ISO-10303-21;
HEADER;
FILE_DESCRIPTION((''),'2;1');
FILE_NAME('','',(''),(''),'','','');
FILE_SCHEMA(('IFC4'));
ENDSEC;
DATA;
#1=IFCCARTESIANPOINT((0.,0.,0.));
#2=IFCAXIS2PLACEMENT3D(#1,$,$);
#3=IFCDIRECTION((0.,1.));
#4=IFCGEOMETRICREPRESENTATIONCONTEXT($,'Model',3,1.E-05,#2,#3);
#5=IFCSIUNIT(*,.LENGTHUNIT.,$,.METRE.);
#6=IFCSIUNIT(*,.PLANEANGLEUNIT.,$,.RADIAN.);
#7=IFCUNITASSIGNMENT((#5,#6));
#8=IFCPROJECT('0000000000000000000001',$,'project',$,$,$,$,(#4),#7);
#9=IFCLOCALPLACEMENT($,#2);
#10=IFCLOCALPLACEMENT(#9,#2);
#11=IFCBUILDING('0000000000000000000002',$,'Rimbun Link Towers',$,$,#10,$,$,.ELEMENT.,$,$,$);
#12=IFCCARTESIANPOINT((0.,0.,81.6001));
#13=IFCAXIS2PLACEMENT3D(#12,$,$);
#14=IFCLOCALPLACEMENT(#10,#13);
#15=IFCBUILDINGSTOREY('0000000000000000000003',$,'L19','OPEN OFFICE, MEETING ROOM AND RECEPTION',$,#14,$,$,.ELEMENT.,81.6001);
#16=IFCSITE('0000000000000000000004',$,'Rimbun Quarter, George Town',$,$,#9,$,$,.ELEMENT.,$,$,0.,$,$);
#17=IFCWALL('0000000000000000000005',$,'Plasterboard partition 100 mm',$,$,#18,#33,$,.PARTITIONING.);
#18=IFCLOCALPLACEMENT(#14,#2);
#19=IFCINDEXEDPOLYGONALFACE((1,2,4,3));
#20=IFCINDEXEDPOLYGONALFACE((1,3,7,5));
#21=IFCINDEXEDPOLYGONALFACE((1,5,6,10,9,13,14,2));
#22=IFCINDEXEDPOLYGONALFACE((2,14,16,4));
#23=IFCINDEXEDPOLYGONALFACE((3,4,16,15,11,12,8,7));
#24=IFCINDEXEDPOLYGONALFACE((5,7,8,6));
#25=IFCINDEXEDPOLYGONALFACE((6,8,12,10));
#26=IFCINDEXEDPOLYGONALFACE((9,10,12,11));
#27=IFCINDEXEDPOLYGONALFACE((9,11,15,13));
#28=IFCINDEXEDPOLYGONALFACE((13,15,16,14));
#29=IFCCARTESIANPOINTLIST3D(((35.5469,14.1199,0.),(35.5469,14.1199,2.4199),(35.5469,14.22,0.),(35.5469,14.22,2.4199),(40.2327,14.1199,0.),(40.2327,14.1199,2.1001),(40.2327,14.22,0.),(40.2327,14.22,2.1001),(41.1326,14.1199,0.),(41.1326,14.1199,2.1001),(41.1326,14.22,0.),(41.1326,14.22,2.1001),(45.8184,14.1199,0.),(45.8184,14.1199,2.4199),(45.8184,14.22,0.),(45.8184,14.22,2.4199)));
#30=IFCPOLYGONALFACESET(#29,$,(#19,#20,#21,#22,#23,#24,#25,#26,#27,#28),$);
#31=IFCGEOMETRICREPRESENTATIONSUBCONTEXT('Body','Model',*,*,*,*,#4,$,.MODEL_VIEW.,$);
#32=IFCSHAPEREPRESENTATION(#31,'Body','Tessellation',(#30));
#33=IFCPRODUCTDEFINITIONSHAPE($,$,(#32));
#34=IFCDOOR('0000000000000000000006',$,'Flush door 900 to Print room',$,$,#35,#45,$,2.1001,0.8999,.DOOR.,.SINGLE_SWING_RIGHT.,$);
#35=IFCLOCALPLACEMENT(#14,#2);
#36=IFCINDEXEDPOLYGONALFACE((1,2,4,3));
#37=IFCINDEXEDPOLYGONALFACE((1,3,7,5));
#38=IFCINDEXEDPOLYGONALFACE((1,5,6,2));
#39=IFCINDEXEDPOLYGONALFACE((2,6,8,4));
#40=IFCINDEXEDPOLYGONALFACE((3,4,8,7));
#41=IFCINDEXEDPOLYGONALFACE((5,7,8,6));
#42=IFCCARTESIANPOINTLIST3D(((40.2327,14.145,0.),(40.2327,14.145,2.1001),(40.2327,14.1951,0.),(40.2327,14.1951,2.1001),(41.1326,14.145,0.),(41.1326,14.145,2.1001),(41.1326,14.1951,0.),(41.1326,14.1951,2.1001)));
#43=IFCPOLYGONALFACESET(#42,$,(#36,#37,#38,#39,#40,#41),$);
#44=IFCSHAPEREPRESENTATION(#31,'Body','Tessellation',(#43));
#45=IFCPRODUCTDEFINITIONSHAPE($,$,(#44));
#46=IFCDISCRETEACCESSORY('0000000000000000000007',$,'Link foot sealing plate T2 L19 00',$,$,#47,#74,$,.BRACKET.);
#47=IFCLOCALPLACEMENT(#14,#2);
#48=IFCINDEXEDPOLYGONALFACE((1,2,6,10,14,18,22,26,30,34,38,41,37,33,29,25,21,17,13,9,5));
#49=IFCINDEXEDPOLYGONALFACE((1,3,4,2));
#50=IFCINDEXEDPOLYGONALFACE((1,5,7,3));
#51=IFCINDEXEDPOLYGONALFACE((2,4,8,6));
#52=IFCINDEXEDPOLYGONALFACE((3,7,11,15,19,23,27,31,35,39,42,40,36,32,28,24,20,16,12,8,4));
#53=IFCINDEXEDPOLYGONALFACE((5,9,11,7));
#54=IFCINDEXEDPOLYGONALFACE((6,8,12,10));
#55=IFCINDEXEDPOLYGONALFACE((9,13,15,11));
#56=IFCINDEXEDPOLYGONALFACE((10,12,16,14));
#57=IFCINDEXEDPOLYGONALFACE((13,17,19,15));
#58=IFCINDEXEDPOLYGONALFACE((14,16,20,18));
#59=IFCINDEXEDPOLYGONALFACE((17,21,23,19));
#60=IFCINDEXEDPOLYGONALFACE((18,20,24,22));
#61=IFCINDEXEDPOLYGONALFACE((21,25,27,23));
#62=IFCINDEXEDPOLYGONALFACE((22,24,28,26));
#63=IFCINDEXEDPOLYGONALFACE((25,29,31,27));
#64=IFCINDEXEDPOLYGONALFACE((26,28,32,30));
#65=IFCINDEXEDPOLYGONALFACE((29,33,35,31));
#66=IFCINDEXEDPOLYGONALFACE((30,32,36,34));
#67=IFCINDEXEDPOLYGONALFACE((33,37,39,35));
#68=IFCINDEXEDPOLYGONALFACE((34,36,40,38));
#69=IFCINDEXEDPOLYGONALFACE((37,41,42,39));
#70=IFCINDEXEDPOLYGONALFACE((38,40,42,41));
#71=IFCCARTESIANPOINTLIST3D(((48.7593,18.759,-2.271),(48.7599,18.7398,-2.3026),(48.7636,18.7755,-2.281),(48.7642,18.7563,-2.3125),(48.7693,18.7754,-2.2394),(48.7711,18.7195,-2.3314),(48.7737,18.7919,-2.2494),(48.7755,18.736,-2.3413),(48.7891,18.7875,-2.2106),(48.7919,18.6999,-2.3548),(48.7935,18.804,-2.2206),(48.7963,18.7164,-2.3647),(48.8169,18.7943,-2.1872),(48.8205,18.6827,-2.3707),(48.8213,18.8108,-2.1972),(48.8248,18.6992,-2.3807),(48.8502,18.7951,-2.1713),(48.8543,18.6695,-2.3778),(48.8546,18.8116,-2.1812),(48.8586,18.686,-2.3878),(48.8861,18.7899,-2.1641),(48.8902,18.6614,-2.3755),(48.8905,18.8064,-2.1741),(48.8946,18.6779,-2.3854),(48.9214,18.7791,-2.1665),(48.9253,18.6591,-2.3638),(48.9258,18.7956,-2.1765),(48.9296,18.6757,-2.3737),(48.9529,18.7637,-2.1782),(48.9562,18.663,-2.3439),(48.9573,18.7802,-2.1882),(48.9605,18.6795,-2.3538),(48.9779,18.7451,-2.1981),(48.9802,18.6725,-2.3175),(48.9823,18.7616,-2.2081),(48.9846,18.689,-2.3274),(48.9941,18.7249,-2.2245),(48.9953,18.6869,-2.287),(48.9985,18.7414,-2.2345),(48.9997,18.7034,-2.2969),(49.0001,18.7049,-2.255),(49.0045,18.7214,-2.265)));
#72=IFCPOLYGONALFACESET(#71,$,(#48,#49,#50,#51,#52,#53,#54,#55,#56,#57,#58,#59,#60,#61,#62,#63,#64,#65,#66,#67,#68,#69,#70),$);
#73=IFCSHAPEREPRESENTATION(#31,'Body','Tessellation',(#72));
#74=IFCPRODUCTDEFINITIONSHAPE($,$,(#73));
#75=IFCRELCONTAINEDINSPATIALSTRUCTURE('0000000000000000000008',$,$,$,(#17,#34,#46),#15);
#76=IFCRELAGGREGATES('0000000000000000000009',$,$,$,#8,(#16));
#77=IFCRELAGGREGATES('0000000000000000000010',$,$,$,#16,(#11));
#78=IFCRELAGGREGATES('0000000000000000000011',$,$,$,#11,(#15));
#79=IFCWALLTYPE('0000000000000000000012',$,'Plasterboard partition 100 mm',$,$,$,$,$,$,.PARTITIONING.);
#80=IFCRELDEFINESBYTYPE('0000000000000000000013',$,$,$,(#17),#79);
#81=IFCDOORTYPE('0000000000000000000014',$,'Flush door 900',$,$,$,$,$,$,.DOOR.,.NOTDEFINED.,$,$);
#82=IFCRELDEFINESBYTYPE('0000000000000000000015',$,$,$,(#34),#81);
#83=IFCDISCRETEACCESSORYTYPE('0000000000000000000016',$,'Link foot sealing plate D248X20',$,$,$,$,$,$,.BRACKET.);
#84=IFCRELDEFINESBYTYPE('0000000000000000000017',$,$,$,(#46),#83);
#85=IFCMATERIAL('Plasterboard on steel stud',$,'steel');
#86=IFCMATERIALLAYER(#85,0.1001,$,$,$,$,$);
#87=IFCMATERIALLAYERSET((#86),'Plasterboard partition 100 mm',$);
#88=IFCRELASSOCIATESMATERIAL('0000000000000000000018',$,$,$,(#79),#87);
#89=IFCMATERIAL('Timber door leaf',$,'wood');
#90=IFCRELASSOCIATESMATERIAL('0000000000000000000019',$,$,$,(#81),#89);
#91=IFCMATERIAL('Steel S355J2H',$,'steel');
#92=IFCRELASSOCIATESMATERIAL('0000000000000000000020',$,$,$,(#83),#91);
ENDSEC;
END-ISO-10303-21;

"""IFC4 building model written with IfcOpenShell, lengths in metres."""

from ifc_helpers import new_model, si_unit, direction, frame, frame_2d, origin, origin_2d, place, context, subcontext, project, spatial, rectangle, circle, extrude, material, layer, layer_set, material_profile, profile_set, type_object, element, fill, save


model = new_model("IFC4")

# Units and contexts
model_context = context("Model", 3, precision=1e-05, world=origin(), true_north=direction((0.0, 1.0)))
body_context = subcontext(model_context, "Body", "Model", "MODEL_VIEW")
ifc_project = project(units=[si_unit("LENGTHUNIT", "METRE"), si_unit("PLANEANGLEUNIT", "RADIAN")], contexts=[model_context])

# Site, building, storey
site_placement = place(None, origin())
site = spatial("IfcSite", under=ifc_project, at=site_placement, Name="Rimbun Quarter, George Town", CompositionType="ELEMENT", RefElevation=0.0)
building_placement = place(site_placement, origin())
building = spatial("IfcBuilding", under=site, at=building_placement, Name="Rimbun Link Towers", CompositionType="ELEMENT")
storey_placement = place(building_placement, frame((0.0, 0.0, 81.6001)))
storey = spatial("IfcBuildingStorey", under=building, at=storey_placement, Name="L19", Description="OPEN OFFICE, MEETING ROOM AND RECEPTION", CompositionType="ELEMENT", Elevation=81.6001)

# Shared definitions
ifc_material_1 = material(Name="Plasterboard on steel stud", Category="steel")
ifc_layer_1 = layer(ifc_material_1, 0.1001)
ifc_layer_set_1 = layer_set([ifc_layer_1], Name="Plasterboard partition 100 mm")
wall_type = type_object("IfcWallType", Name="Plasterboard partition 100 mm", PredefinedType="PARTITIONING", material=ifc_layer_set_1)

# Wall, opening, door
wall_1_placement = place(storey_placement, frame((45.8184, 14.1699, 0.0), z_axis=(0.0, 0.0, 1.0), x_axis=(-1.0, 0.0, 0.0)))
wall_1 = element("IfcWall", 1, at=wall_1_placement, inside=storey, type_object=wall_type, Name="Plasterboard partition 100 mm", PredefinedType="PARTITIONING", context=body_context, shape_type="SweptSolid", body=[
    extrude(rectangle(XDim=10.2715, YDim=0.1001, at=frame_2d((5.1357, 0.0))), origin(), (0.0, 0.0, 1.0), 2.4199),
])
opening_placement = place(wall_1_placement, frame((4.6858, 0.0, 0.0)))
opening = element("IfcOpeningElement", 2, at=opening_placement, cuts=wall_1, PredefinedType="OPENING", context=body_context, shape_type="SweptSolid", body=[
    extrude(rectangle(XDim=0.8999, YDim=2.1001, at=frame_2d((0.45, 1.05))), frame((0.0, 0.0601, 0.0), z_axis=(0.0, -1.0, 0.0), x_axis=(1.0, 0.0, 0.0)), (0.0, 0.0, 1.0), 0.1201),
])
ifc_material_2 = material(Name="Timber door leaf", Category="wood")
door_type = type_object("IfcDoorType", Name="Flush door 900", OperationType="NOTDEFINED", PredefinedType="DOOR", material=ifc_material_2)
door_placement = place(opening_placement, origin())
door = element("IfcDoor", 3, at=door_placement, inside=storey, type_object=door_type, Name="Flush door 900 to Print room", OperationType="SINGLE_SWING_RIGHT", OverallHeight=2.1001, OverallWidth=0.8999, PredefinedType="DOOR", context=body_context, shape_type="SweptSolid", body=[
    extrude(rectangle(XDim=0.8999, YDim=2.1001, at=frame_2d((0.45, 1.05))), frame((0.0, 0.0249, 0.0), z_axis=(0.0, -1.0, 0.0), x_axis=(1.0, 0.0, 0.0)), (0.0, 0.0, 1.0), 0.05),
])
fill(opening, door)

# Discrete accessory
ifc_material_3 = material(Name="Steel S355J2H", Category="steel")
ifc_material_profile_1 = material_profile(ifc_material_3, circle(Radius=0.124, at=origin_2d()), Name="PL D248")
ifc_profile_set_1 = profile_set([ifc_material_profile_1], Name="Steel S355J2H")
discrete_accessory_type = type_object("IfcDiscreteAccessoryType", Name="Link foot sealing plate D248X20", PredefinedType="BRACKET", material=ifc_profile_set_1)
discrete_accessory_placement = place(storey_placement, frame((48.8792, 18.7273, -2.271), z_axis=(0.22108, 0.835189, -0.50357), x_axis=(-0.966705, 0.255893, 0.0)))
element("IfcDiscreteAccessory", 4, at=discrete_accessory_placement, inside=storey, type_object=discrete_accessory_type, Name="Link foot sealing plate T2 L19 00", PredefinedType="BRACKET", context=body_context, shape_type="SweptSolid", body=[
    extrude(circle(Radius=0.124, at=origin_2d()), origin(), (0.0, 0.0, 1.0), 0.0198),
])

save(model, "model.ifc")
